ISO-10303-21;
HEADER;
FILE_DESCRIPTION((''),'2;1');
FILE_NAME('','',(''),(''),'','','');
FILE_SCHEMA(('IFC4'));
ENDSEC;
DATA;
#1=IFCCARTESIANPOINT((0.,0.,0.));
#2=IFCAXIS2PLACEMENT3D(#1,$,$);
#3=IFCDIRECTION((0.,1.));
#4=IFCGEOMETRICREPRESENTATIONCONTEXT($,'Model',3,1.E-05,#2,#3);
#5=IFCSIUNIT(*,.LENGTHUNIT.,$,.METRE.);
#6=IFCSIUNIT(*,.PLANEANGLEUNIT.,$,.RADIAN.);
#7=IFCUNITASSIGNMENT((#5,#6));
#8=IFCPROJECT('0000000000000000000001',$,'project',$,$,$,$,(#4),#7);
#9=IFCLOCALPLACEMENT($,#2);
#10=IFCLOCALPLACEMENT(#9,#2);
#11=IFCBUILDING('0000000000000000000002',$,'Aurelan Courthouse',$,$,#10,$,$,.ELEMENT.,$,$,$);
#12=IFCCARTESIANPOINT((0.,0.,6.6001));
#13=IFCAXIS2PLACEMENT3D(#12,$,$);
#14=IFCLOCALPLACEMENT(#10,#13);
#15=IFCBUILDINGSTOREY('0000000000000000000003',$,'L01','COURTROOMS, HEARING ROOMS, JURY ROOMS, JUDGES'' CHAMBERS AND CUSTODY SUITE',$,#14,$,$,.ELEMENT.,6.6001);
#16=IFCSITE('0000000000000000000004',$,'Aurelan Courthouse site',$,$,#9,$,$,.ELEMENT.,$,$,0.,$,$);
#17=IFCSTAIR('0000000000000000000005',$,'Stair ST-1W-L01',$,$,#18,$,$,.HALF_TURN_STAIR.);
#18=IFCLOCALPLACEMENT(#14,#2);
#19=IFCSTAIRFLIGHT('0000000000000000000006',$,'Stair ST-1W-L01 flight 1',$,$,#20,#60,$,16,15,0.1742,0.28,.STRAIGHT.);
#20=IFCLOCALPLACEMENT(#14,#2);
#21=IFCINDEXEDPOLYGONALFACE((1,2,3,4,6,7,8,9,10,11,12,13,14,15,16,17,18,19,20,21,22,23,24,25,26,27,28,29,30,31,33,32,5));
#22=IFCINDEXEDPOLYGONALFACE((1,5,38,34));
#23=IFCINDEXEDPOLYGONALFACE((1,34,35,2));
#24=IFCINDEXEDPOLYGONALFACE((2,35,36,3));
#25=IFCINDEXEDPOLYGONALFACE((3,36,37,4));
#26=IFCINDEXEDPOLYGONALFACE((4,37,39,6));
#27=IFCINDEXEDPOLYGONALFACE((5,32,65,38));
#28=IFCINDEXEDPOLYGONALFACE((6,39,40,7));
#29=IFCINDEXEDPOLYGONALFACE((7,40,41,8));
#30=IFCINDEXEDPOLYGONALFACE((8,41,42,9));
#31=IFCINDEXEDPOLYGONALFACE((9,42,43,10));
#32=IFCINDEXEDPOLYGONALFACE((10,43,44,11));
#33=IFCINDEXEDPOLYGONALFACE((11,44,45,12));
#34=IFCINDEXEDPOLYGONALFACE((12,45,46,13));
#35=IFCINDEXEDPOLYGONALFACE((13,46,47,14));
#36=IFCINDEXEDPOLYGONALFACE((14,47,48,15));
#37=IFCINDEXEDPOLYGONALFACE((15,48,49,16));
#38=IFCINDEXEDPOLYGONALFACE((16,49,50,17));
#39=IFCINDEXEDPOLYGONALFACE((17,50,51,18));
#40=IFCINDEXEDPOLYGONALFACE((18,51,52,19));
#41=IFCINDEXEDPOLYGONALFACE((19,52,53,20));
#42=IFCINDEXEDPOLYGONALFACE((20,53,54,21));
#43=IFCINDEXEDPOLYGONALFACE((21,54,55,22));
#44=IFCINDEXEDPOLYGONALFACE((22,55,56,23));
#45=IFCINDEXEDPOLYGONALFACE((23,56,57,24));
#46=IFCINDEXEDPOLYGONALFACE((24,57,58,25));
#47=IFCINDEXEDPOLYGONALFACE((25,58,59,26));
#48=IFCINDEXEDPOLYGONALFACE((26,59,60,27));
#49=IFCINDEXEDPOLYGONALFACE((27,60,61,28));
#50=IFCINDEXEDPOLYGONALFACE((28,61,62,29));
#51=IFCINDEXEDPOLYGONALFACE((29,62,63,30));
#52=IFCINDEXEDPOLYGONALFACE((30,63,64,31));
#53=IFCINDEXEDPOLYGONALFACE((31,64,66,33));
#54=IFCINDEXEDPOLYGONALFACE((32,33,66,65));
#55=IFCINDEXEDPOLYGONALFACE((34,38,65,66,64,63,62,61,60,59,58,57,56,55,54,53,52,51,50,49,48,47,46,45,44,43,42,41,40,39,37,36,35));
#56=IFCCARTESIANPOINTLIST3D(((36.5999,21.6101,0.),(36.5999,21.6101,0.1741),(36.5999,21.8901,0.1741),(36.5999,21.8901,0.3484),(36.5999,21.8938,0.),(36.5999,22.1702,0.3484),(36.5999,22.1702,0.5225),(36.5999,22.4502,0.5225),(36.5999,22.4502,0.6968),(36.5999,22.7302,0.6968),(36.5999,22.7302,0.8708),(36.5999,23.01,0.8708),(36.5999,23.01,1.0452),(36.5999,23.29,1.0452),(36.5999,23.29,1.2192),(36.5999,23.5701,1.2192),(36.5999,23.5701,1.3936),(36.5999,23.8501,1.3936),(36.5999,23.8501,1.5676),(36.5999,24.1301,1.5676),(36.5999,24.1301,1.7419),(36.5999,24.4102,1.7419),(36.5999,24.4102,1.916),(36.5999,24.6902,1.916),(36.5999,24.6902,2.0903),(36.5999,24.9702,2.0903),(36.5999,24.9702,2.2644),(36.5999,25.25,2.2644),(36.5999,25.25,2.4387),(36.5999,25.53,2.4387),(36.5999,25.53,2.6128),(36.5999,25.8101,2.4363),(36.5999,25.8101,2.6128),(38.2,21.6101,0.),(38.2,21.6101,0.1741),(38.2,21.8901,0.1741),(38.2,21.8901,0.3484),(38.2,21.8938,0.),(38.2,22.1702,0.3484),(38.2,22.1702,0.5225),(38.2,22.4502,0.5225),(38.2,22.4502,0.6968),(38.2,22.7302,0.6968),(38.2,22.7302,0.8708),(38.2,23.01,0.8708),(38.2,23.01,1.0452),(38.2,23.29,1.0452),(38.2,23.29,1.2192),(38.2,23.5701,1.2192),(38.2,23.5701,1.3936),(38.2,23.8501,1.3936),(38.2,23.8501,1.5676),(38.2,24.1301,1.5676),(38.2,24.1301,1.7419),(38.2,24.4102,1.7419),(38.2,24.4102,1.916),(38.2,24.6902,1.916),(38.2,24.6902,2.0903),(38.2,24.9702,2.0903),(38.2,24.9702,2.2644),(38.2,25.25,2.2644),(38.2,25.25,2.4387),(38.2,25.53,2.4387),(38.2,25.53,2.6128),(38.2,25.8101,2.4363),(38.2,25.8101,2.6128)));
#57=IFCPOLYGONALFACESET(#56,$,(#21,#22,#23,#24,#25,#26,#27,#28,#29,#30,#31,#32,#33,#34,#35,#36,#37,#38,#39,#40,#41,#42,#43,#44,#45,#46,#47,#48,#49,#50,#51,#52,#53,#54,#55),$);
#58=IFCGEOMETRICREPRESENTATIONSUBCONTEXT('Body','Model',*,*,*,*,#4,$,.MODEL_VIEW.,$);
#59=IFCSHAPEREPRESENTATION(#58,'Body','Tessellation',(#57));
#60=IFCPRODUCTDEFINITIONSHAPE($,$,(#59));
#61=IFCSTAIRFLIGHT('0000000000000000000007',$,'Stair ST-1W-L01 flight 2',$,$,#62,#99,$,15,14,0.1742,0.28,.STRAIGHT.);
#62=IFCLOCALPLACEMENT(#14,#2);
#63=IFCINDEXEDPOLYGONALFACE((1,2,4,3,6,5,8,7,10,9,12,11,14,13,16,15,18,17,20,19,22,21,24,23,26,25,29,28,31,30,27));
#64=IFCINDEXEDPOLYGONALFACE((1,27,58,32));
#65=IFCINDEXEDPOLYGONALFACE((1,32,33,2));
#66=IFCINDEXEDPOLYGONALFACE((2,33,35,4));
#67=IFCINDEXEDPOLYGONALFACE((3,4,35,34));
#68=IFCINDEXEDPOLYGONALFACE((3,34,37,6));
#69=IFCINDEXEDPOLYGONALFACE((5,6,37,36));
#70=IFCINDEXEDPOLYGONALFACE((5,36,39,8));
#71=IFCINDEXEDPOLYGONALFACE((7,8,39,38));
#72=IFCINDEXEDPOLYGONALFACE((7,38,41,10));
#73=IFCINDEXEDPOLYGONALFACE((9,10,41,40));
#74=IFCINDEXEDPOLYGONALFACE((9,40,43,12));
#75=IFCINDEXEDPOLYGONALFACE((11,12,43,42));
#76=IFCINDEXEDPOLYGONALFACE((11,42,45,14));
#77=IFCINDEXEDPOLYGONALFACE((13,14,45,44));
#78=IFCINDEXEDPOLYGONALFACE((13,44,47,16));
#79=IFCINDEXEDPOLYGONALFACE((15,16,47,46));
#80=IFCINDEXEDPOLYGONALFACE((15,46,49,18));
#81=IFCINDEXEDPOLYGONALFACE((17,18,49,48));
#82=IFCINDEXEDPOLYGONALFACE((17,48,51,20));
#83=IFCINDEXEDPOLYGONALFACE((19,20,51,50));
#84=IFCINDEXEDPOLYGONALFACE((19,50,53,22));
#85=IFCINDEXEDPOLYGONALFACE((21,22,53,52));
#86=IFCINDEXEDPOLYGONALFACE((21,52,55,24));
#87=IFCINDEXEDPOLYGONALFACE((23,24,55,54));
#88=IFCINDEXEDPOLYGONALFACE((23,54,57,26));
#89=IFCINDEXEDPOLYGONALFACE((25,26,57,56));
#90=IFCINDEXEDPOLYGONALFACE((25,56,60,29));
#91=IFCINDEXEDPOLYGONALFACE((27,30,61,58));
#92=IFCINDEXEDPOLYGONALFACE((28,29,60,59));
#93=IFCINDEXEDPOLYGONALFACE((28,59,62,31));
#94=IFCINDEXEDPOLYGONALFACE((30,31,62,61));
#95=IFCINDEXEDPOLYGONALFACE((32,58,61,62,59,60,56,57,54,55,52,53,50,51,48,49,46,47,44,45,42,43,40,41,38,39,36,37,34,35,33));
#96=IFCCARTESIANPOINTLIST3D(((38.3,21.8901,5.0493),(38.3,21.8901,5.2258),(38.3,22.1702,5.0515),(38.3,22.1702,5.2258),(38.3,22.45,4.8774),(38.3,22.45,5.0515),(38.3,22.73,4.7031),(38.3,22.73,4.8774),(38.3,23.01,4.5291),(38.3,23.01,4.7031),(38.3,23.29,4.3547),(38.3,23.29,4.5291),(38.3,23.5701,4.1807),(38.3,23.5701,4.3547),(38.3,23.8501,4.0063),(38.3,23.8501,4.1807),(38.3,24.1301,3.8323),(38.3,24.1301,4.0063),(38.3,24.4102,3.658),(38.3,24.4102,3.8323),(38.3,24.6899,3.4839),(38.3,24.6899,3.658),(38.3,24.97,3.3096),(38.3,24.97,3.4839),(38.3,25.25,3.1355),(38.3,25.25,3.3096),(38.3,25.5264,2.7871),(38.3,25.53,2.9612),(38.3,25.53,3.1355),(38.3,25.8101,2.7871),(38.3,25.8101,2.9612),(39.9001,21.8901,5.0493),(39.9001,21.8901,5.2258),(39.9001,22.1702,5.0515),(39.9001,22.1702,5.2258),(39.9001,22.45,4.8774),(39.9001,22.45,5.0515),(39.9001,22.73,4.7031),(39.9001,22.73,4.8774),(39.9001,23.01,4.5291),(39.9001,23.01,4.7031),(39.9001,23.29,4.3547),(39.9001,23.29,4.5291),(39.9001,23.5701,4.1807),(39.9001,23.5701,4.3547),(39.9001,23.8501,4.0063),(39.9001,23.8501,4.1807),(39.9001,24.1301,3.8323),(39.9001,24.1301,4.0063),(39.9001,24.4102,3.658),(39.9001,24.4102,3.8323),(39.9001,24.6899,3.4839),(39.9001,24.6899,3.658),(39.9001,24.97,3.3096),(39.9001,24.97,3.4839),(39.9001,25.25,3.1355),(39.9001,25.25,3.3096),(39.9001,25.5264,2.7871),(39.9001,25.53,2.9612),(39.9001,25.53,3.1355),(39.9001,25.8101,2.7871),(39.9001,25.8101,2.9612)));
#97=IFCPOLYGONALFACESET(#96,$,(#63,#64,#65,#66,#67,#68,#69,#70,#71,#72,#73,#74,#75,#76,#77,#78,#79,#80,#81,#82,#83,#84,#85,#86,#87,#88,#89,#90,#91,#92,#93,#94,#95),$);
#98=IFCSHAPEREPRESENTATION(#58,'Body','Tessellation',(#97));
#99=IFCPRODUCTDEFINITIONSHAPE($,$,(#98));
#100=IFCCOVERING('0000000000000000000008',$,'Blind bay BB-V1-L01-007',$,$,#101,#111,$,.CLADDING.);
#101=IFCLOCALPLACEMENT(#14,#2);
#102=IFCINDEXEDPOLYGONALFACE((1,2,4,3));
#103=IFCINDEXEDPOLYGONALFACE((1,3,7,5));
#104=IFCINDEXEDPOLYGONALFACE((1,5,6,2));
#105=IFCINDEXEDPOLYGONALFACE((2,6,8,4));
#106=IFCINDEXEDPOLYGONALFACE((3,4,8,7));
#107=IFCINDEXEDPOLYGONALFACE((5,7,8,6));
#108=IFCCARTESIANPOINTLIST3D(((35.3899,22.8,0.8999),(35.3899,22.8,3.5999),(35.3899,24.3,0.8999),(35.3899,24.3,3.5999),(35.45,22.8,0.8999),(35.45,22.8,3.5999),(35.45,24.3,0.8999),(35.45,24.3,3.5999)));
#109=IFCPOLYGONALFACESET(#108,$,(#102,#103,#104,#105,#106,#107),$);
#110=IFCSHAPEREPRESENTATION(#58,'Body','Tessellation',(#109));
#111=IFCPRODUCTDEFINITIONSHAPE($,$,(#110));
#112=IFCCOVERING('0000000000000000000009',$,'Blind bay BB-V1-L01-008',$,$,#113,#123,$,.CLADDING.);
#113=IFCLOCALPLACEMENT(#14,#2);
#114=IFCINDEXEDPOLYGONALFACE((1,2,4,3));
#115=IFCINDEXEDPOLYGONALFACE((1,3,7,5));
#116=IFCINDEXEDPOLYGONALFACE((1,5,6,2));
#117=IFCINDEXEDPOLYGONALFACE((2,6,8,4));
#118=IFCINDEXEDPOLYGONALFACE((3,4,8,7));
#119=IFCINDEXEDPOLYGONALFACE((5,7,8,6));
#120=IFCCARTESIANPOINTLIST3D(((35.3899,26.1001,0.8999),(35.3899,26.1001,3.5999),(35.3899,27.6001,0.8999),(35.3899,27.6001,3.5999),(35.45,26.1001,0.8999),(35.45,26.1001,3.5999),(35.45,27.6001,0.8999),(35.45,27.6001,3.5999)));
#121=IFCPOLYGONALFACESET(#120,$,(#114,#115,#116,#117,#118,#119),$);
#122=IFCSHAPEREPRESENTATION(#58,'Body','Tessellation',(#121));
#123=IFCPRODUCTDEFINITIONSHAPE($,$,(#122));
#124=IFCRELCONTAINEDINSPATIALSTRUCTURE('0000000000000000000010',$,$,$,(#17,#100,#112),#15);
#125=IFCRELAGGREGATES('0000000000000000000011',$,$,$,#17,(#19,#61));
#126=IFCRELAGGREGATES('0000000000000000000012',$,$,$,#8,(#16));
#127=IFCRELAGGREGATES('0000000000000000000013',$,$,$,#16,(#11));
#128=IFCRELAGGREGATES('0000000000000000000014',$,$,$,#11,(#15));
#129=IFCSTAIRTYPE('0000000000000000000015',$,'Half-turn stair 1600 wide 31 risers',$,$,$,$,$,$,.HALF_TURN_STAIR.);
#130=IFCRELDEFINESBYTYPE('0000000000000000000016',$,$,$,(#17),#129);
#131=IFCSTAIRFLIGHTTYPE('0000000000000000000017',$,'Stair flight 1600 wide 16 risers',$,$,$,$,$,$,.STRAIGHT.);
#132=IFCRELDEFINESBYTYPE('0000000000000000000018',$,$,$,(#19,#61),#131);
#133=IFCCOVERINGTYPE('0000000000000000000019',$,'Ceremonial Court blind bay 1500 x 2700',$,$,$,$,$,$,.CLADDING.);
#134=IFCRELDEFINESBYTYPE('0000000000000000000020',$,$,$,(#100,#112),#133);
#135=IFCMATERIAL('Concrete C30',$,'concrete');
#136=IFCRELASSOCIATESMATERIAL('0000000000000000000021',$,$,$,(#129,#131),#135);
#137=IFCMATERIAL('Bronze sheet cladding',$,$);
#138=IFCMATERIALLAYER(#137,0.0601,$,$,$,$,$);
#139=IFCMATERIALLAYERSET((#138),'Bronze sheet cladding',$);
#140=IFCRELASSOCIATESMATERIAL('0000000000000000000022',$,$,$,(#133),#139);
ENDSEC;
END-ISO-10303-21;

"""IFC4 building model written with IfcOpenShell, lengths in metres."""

from ifc_helpers import new_model, si_unit, direction, frame, origin, origin_2d, place, context, subcontext, project, spatial, polyline, rectangle, outline, extrude, material, layer, layer_set, type_object, element, aggregate, save


model = new_model("IFC4")

# Units and contexts
model_context = context("Model", 3, precision=1e-05, world=origin(), true_north=direction((0.0, 1.0)))
body_context = subcontext(model_context, "Body", "Model", "MODEL_VIEW")
ifc_project = project(units=[si_unit("LENGTHUNIT", "METRE"), si_unit("PLANEANGLEUNIT", "RADIAN")], contexts=[model_context])

# Site, building, storey
site_placement = place(None, origin())
site = spatial("IfcSite", under=ifc_project, at=site_placement, Name="Aurelan Courthouse site", CompositionType="ELEMENT", RefElevation=0.0)
building_placement = place(site_placement, origin())
building = spatial("IfcBuilding", under=site, at=building_placement, Name="Aurelan Courthouse", CompositionType="ELEMENT")
storey_placement = place(building_placement, frame((0.0, 0.0, 6.6001)))
storey = spatial("IfcBuildingStorey", under=building, at=storey_placement, Name="L01", Description="COURTROOMS, HEARING ROOMS, JURY ROOMS, JUDGES' CHAMBERS AND CUSTODY SUITE", CompositionType="ELEMENT", Elevation=6.6001)

# Shared definitions
ifc_material_1 = material(Name="Concrete C30", Category="concrete")

# Stair, stair flights
stair_type = type_object("IfcStairType", Name="Half-turn stair 1600 wide 31 risers", PredefinedType="HALF_TURN_STAIR", material=ifc_material_1)
stair_placement = place(storey_placement, origin())
stair = element("IfcStair", 1, at=stair_placement, inside=storey, type_object=stair_type, Name="Stair ST-1W-L01", PredefinedType="HALF_TURN_STAIR")
stair_flight_type = type_object("IfcStairFlightType", Name="Stair flight 1600 wide 16 risers", PredefinedType="STRAIGHT", material=ifc_material_1)
stair_flight_1_placement = place(storey_placement, frame((37.3999, 21.6101, 0.0), z_axis=(0.0, 0.0, 1.0), x_axis=(0.0, 1.0, 0.0)))
stair_flight_1 = element("IfcStairFlight", 2, at=stair_flight_1_placement, type_object=stair_flight_type, Name="Stair ST-1W-L01 flight 1", NumberOfRisers=16, NumberOfTreads=15, PredefinedType="STRAIGHT", RiserHeight=0.1742, TreadLength=0.28, context=body_context, shape_type="SweptSolid", body=[
    extrude(outline(polyline([(0.0, 0.0), (0.0, 0.1741), (0.28, 0.1741), (0.28, 0.3484), (0.5601, 0.3484), (0.5601, 0.5225), (0.8401, 0.5225), (0.8401, 0.6968), (1.1201, 0.6968), (1.1201, 0.8708), (1.3999, 0.8708), (1.3999, 1.0452), (1.6799, 1.0452), (1.6799, 1.2192), (1.96, 1.2192), (1.96, 1.3936), (2.24, 1.3936), (2.24, 1.5676), (2.52, 1.5676), (2.52, 1.7419), (2.8, 1.7419), (2.8, 1.916), (3.0801, 1.916), (3.0801, 2.0903), (3.3601, 2.0903), (3.3601, 2.2644), (3.6399, 2.2644), (3.6399, 2.4387), (3.9199, 2.4387), (3.9199, 2.6128), (4.2, 2.6128), (4.2, 2.7871), (4.2, 2.4363), (0.2837, 0.0), (0.0, 0.0)])), frame((0.0, 0.8, 0.0), z_axis=(0.0, -1.0, 0.0), x_axis=(1.0, 0.0, 0.0)), (0.0, 0.0, 1.0), 1.6001),
])
stair_flight_2_placement = place(storey_placement, frame((39.1001, 25.8101, 2.7871), z_axis=(0.0, 0.0, 1.0), x_axis=(0.0, -1.0, 0.0)))
stair_flight_2 = element("IfcStairFlight", 3, at=stair_flight_2_placement, type_object=stair_flight_type, Name="Stair ST-1W-L01 flight 2", NumberOfRisers=15, NumberOfTreads=14, PredefinedType="STRAIGHT", RiserHeight=0.1742, TreadLength=0.28, context=body_context, shape_type="SweptSolid", body=[
    extrude(outline(polyline([(0.0, 0.0), (0.0, 0.1741), (0.28, 0.1741), (0.28, 0.3484), (0.5601, 0.3484), (0.5601, 0.5225), (0.8401, 0.5225), (0.8401, 0.6968), (1.1201, 0.6968), (1.1201, 0.8708), (1.3999, 0.8708), (1.3999, 1.0452), (1.6799, 1.0452), (1.6799, 1.2192), (1.96, 1.2192), (1.96, 1.3936), (2.24, 1.3936), (2.24, 1.5676), (2.52, 1.5676), (2.52, 1.7419), (2.8, 1.7419), (2.8, 1.916), (3.0801, 1.916), (3.0801, 2.0903), (3.3601, 2.0903), (3.3601, 2.2644), (3.6399, 2.2644), (3.6399, 2.4387), (3.9199, 2.4387), (3.9199, 2.6128), (3.9199, 2.2622), (0.2837, 0.0), (0.0, 0.0)])), frame((0.0, 0.8, 0.0), z_axis=(0.0, -1.0, 0.0), x_axis=(1.0, 0.0, 0.0)), (0.0, 0.0, 1.0), 1.6001),
])
aggregate(stair, [stair_flight_1, stair_flight_2])

# Coverings
ifc_material_2 = material(Name="Bronze sheet cladding")
ifc_layer_1 = layer(ifc_material_2, 0.0601)
ifc_layer_set_1 = layer_set([ifc_layer_1], Name="Bronze sheet cladding")
covering_type_1 = type_object("IfcCoveringType", Name="Ceremonial Court blind bay 1500 x 2700", PredefinedType="CLADDING", material=ifc_layer_set_1)
for number, where, z_axis, x_axis, name in (
    (4, (35.4199, 23.55, 0.8999), (0.0, 0.0, 1.0), (1.0, 0.0, 0.0), "Blind bay BB-V1-L01-007"),
    (5, (35.4199, 26.8501, 0.8999), (0.0, 0.0, 1.0), (1.0, 0.0, 0.0), "Blind bay BB-V1-L01-008"),
):
    element("IfcCovering", number, at=place(storey_placement, frame(where, z_axis=z_axis, x_axis=x_axis)), inside=storey, type_object=covering_type_1, Name=name, PredefinedType="CLADDING", context=body_context, shape_type="SweptSolid", body=[
        extrude(rectangle(XDim=0.0601, YDim=1.5, at=origin_2d()), origin(), (0.0, 0.0, 1.0), 2.7),
    ])

save(model, "model.ifc")
